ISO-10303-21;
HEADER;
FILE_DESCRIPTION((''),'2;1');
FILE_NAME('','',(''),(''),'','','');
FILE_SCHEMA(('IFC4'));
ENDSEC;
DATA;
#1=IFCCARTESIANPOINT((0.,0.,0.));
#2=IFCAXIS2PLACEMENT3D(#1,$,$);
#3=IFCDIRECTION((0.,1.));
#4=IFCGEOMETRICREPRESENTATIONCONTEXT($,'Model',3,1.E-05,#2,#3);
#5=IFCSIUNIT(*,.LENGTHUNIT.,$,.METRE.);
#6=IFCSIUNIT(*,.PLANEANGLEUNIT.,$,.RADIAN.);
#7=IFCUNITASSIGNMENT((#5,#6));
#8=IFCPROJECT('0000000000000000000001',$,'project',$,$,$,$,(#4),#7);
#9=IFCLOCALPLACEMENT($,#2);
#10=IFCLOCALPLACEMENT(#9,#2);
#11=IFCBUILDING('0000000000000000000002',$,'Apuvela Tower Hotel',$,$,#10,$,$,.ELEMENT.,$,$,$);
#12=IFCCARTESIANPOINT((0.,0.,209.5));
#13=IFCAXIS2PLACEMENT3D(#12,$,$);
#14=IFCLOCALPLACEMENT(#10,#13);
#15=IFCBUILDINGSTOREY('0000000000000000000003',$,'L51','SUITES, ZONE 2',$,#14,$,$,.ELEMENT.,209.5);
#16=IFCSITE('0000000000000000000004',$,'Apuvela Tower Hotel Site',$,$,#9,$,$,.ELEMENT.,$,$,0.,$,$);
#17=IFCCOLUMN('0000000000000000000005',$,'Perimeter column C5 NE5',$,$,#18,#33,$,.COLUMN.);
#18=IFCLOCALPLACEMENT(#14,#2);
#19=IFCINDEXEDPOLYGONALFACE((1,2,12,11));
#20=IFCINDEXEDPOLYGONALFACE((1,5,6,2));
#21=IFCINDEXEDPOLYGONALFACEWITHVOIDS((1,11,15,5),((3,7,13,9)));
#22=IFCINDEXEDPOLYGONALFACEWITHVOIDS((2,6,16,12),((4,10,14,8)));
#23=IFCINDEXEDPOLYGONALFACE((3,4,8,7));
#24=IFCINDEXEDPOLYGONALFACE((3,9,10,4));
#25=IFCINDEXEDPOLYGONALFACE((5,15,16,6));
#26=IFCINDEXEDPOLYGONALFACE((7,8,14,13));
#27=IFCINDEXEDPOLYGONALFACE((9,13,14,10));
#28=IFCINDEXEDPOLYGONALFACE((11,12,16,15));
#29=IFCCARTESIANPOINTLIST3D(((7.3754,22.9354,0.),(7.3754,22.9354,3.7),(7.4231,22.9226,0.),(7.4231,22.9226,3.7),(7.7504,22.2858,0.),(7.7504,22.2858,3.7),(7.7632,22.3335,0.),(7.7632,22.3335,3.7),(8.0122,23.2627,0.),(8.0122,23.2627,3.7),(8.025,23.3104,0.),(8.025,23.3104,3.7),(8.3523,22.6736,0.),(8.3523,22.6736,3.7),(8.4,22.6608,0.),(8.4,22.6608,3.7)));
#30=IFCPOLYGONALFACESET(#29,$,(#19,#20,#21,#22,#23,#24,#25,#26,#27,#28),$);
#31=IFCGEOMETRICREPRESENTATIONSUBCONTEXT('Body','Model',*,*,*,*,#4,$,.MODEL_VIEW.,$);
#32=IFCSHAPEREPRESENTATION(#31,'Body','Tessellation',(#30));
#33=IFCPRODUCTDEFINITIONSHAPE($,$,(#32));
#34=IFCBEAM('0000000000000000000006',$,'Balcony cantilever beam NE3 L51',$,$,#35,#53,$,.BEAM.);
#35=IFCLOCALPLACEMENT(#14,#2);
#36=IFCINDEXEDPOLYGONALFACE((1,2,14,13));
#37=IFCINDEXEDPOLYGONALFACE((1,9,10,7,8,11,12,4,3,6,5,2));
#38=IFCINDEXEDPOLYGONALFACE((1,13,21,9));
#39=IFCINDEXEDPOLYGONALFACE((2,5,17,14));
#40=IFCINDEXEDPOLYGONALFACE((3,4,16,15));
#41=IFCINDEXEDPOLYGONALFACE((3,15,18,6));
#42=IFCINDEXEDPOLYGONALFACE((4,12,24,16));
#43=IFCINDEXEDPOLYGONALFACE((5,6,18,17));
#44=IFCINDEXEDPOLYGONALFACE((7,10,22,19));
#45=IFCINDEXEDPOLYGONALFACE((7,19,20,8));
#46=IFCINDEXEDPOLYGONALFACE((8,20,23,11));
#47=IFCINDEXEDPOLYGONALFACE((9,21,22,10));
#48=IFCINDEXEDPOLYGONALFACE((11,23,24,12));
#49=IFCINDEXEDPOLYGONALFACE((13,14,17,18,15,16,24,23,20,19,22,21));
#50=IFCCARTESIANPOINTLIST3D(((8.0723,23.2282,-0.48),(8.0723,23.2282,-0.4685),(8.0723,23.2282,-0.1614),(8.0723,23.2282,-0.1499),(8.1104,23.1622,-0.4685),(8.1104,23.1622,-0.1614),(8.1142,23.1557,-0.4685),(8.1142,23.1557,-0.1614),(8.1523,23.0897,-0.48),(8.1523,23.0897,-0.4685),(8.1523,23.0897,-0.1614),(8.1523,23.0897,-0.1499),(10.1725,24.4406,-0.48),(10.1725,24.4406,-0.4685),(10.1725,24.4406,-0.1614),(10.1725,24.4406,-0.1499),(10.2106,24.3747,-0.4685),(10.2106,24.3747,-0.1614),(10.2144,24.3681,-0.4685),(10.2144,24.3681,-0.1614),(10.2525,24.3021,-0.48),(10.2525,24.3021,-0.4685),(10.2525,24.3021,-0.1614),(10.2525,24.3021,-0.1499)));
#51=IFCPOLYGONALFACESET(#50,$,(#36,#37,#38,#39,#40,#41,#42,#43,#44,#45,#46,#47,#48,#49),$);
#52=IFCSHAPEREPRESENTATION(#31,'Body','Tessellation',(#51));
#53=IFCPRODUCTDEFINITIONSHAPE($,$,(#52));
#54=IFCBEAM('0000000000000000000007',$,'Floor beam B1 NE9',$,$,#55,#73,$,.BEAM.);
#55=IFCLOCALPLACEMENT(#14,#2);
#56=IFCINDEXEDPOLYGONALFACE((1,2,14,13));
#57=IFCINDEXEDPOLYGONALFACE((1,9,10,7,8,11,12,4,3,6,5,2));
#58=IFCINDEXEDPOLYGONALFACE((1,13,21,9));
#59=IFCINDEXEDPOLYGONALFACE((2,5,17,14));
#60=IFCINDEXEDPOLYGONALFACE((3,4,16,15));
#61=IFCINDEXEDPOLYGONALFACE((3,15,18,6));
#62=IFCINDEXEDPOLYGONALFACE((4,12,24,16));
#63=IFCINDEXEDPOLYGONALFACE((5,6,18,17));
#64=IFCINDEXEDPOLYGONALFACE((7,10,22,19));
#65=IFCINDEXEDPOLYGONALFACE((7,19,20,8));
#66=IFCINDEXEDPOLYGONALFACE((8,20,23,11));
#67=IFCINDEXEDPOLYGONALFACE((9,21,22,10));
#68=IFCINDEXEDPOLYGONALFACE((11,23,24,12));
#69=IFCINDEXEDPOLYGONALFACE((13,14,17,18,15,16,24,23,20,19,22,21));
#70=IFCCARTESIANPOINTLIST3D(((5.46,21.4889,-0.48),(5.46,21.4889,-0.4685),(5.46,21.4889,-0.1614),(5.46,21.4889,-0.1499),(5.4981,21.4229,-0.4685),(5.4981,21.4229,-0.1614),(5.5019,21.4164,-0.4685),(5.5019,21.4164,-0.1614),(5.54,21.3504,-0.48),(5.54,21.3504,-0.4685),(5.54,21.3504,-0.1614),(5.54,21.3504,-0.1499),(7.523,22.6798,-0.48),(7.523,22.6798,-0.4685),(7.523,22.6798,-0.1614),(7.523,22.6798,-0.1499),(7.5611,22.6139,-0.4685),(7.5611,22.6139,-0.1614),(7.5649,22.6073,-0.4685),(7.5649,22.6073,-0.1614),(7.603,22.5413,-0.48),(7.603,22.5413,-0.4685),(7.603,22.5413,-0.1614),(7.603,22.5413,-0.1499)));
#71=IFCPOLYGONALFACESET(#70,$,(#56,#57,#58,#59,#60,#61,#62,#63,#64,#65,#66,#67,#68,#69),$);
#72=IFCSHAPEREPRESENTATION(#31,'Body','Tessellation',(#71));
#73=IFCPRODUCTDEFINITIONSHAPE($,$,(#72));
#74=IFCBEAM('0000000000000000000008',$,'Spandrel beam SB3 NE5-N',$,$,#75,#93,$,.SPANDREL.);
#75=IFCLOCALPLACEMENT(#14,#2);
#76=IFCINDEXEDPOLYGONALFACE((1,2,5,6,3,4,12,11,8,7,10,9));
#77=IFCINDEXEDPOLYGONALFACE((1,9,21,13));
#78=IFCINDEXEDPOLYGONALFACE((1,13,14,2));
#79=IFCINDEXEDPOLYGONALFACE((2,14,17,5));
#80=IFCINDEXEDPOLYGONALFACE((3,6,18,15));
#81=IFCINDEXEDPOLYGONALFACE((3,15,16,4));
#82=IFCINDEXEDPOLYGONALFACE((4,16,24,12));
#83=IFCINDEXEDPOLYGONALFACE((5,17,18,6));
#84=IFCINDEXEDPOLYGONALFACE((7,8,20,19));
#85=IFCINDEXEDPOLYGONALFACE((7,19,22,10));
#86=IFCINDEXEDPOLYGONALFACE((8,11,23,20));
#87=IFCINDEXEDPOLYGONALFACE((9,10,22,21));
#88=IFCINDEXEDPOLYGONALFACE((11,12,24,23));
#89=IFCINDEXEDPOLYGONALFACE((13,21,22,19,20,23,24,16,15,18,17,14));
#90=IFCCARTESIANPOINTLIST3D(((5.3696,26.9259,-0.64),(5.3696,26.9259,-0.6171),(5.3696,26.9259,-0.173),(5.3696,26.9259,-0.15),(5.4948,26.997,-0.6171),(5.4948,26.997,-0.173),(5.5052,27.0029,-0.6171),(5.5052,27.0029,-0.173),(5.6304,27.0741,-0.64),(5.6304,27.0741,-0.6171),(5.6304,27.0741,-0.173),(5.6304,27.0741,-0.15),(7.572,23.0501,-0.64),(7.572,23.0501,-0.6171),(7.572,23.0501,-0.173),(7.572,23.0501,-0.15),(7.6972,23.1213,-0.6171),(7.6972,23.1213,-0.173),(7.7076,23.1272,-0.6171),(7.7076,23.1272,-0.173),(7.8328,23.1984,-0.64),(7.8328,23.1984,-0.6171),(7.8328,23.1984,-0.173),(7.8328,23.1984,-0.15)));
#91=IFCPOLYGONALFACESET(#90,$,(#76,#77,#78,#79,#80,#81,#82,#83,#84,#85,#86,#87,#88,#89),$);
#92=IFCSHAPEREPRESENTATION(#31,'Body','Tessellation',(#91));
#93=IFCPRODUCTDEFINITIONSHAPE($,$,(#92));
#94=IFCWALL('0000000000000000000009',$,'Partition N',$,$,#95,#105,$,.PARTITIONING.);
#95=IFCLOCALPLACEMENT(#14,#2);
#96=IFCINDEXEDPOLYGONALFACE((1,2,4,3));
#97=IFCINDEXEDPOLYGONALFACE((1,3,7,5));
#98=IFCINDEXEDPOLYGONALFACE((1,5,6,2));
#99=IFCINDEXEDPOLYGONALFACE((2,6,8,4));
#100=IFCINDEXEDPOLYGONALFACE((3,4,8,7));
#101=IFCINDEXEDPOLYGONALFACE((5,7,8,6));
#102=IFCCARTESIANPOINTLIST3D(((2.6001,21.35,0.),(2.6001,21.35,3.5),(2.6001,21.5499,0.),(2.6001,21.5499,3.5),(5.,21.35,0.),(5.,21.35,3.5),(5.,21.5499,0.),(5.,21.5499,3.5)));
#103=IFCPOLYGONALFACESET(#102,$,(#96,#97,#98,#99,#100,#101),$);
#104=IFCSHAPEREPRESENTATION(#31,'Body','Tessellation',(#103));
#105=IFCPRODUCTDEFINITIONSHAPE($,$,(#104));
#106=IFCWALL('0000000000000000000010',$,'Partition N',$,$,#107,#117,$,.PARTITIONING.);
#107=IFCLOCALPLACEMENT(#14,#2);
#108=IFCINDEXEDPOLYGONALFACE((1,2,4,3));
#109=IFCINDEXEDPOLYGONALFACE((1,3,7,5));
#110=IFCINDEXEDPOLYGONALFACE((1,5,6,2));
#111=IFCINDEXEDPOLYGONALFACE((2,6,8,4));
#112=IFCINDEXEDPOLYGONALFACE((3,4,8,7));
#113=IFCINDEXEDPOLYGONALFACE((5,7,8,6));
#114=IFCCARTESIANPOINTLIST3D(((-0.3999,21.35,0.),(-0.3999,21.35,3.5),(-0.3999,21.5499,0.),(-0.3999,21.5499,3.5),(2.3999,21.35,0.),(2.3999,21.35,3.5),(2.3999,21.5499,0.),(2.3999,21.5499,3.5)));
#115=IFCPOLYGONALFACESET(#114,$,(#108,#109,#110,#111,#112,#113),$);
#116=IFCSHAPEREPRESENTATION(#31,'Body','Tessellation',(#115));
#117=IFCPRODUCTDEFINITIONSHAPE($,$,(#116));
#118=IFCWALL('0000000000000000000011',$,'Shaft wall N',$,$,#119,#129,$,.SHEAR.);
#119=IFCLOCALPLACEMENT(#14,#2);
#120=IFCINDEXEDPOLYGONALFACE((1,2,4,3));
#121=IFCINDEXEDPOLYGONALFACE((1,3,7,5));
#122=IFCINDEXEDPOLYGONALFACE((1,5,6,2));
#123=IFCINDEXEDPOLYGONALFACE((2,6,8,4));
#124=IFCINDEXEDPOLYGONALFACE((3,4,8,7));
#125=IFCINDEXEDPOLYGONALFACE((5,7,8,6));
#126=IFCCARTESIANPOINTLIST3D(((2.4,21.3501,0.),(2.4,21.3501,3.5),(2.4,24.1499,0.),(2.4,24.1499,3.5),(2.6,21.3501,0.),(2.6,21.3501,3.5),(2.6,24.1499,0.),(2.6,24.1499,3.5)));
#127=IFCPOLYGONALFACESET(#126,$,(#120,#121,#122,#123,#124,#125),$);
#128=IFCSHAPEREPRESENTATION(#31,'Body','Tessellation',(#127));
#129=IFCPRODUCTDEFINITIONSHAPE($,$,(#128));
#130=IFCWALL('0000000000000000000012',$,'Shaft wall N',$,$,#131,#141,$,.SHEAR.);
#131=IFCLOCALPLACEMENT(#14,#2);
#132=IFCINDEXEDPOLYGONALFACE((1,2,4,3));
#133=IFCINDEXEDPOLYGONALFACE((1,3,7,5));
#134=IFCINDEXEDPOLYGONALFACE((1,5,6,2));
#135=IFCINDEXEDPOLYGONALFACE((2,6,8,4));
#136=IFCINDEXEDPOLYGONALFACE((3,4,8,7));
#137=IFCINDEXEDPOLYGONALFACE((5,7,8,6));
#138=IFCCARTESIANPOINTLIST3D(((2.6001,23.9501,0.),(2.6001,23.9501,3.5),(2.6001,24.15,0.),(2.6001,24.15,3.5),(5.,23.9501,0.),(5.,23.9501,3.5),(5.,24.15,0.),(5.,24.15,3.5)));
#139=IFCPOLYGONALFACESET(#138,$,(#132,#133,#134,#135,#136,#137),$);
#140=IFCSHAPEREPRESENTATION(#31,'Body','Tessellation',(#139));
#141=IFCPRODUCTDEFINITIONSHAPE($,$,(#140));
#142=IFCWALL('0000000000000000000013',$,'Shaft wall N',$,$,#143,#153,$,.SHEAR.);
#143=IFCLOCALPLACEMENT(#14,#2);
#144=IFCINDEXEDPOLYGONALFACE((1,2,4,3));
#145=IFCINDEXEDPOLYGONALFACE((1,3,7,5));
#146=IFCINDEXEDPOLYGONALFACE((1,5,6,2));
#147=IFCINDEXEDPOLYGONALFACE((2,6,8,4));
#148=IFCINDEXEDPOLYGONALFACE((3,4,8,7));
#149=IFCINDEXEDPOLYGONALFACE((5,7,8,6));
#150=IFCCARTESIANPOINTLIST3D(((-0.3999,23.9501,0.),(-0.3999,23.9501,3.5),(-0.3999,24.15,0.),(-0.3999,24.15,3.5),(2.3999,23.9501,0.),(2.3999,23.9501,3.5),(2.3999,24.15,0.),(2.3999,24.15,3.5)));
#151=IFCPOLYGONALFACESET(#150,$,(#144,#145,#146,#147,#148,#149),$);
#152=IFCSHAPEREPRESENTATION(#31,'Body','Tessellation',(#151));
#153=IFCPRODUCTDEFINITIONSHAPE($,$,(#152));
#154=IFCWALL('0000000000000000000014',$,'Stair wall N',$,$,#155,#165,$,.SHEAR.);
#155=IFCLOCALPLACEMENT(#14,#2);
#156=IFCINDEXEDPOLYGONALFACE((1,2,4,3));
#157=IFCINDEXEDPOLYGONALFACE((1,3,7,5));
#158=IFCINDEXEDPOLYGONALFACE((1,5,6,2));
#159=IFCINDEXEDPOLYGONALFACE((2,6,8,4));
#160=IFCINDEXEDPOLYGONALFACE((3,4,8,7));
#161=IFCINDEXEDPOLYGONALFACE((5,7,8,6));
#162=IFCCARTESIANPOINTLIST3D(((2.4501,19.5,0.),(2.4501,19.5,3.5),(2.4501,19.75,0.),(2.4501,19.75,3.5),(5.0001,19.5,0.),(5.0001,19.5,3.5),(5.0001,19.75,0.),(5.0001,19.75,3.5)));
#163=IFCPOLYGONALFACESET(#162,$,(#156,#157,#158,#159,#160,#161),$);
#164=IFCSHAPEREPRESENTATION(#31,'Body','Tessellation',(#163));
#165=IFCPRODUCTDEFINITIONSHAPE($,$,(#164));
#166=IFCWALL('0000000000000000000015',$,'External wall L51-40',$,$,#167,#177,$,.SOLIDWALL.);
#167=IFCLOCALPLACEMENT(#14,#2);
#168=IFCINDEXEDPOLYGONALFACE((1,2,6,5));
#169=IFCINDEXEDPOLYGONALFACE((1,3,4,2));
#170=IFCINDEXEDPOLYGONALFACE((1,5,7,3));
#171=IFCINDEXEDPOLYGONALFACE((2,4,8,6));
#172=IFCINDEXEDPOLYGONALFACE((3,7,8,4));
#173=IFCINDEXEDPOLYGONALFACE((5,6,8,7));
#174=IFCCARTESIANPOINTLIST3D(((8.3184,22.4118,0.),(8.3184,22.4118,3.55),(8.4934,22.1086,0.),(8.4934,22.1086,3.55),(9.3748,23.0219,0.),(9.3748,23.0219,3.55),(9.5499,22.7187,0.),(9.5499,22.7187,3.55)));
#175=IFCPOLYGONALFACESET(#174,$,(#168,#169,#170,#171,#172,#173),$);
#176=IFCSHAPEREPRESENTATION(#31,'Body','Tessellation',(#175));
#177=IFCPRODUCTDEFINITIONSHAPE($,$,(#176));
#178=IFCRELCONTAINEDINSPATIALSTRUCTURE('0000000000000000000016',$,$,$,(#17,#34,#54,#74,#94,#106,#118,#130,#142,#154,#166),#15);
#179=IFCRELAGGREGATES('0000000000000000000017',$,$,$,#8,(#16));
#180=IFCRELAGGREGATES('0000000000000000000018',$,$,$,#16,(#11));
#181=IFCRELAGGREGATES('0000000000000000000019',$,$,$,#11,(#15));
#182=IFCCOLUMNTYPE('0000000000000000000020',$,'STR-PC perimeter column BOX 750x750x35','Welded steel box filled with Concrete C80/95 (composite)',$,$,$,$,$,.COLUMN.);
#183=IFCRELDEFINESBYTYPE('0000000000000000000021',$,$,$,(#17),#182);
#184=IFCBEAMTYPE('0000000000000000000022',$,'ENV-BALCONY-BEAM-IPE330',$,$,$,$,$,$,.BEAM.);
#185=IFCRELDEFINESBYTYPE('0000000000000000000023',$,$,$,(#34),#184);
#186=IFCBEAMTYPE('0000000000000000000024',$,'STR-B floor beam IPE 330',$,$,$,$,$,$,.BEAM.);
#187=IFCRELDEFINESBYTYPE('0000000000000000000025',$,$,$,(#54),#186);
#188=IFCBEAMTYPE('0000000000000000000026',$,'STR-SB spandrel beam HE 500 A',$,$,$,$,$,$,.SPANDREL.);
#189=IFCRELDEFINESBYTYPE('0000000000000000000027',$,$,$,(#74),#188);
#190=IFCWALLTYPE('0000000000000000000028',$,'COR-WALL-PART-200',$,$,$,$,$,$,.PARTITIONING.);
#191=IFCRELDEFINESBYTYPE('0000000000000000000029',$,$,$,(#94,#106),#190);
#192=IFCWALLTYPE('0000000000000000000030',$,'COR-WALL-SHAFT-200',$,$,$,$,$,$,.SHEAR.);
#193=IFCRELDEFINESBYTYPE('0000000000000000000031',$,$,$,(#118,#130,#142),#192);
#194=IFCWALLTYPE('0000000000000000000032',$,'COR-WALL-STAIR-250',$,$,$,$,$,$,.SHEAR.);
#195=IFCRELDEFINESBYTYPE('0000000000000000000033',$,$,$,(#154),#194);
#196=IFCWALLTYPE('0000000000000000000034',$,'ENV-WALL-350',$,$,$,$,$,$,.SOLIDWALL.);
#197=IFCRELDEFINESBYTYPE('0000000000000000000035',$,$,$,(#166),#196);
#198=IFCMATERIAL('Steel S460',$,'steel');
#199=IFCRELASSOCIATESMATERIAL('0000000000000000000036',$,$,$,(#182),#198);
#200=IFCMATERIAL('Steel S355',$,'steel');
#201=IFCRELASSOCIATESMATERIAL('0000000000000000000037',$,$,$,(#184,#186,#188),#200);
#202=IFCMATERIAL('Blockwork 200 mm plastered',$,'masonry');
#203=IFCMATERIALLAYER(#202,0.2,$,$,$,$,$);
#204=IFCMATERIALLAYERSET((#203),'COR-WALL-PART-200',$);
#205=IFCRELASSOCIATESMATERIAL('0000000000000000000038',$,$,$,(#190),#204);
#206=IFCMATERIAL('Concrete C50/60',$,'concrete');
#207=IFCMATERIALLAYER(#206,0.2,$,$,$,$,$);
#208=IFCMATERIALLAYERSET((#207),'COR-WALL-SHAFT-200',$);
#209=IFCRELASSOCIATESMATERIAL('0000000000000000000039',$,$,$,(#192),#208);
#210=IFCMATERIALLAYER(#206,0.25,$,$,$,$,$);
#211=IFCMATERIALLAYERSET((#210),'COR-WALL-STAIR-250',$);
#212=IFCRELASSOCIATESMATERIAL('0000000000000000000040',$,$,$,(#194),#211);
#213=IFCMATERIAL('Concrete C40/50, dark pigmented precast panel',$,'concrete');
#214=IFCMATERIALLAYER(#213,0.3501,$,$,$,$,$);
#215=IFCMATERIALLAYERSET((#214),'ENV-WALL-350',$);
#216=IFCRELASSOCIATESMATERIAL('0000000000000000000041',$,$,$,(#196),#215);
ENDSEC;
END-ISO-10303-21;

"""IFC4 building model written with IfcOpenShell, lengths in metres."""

from ifc_helpers import new_model, si_unit, direction, frame, frame_2d, origin, origin_2d, place, context, subcontext, project, spatial, rectangle, hollow_rectangle, i_section, extrude, material, layer, layer_set, material_profile, profile_set, type_object, element, save


model = new_model("IFC4")

# Units and contexts
model_context = context("Model", 3, precision=1e-05, world=origin(), true_north=direction((0.0, 1.0)))
body_context = subcontext(model_context, "Body", "Model", "MODEL_VIEW")
ifc_project = project(units=[si_unit("LENGTHUNIT", "METRE"), si_unit("PLANEANGLEUNIT", "RADIAN")], contexts=[model_context])

# Site, building, storey
site_placement = place(None, origin())
site = spatial("IfcSite", under=ifc_project, at=site_placement, Name="Apuvela Tower Hotel Site", CompositionType="ELEMENT", RefElevation=0.0)
building_placement = place(site_placement, origin())
building = spatial("IfcBuilding", under=site, at=building_placement, Name="Apuvela Tower Hotel", CompositionType="ELEMENT")
storey_placement = place(building_placement, frame((0.0, 0.0, 209.5)))
storey = spatial("IfcBuildingStorey", under=building, at=storey_placement, Name="L51", Description="SUITES, ZONE 2", CompositionType="ELEMENT", Elevation=209.5)

# Column
ifc_material_1 = material(Name="Steel S460", Category="steel")
ifc_material_profile_1 = material_profile(ifc_material_1, hollow_rectangle(XDim=0.75, YDim=0.75, WallThickness=0.0349, at=origin_2d()), Name="BOX 750x750x35")
ifc_material_2 = material(Name="Concrete C80/95", Category="concrete")
ifc_material_profile_2 = material_profile(ifc_material_2, rectangle(XDim=0.6799, YDim=0.6799, at=origin_2d()), Name="Concrete C80/95 infill")
ifc_profile_set_1 = profile_set([ifc_material_profile_1, ifc_material_profile_2], Name="Steel S460")
column_type = type_object("IfcColumnType", Name="STR-PC perimeter column BOX 750x750x35", Description="Welded steel box filled with Concrete C80/95 (composite)", PredefinedType="COLUMN", material=ifc_profile_set_1)
column_placement = place(storey_placement, frame((7.8877, 22.7981, 0.0), z_axis=(0.0, 0.0, 1.0), x_axis=(-0.5, 0.866025, 0.0)))
element("IfcColumn", 1, at=column_placement, inside=storey, type_object=column_type, Name="Perimeter column C5 NE5", PredefinedType="COLUMN", context=body_context, shape_type="SweptSolid", body=[
    extrude(hollow_rectangle(XDim=0.75, YDim=0.75, WallThickness=0.0349, at=origin_2d()), origin(), (0.0, 0.0, 1.0), 3.7),
])

# Beams
ifc_material_3 = material(Name="Steel S355", Category="steel")
ifc_material_profile_3 = material_profile(ifc_material_3, i_section(OverallWidth=0.1599, OverallDepth=0.3301, WebThickness=0.0076, FlangeThickness=0.0115, at=origin_2d()), Name="IPE 330")
ifc_profile_set_2 = profile_set([ifc_material_profile_3], Name="Steel S355")
beam_type_1 = type_object("IfcBeamType", Name="ENV-BALCONY-BEAM-IPE330", PredefinedType="BEAM", material=ifc_profile_set_2)
beam_1_placement = place(storey_placement, frame((8.1123, 23.1589, -0.3149), z_axis=(0.866041, 0.499972, 0.0), x_axis=(-0.499972, 0.866041, 0.0)))
element("IfcBeam", 2, at=beam_1_placement, inside=storey, type_object=beam_type_1, Name="Balcony cantilever beam NE3 L51", PredefinedType="BEAM", context=body_context, shape_type="SweptSolid", body=[
    extrude(i_section(OverallWidth=0.1599, OverallDepth=0.3301, WebThickness=0.0076, FlangeThickness=0.0115, at=origin_2d()), origin(), (0.0, 0.0, 1.0), 2.425),
])
ifc_material_profile_4 = material_profile(ifc_material_3, i_section(OverallWidth=0.1599, OverallDepth=0.3301, WebThickness=0.0076, FlangeThickness=0.0115, at=origin_2d()), Name="IPE 330")
ifc_profile_set_3 = profile_set([ifc_material_profile_4], Name="Steel S355")
beam_type_2 = type_object("IfcBeamType", Name="STR-B floor beam IPE 330", PredefinedType="BEAM", material=ifc_profile_set_3)
beam_2_placement = place(storey_placement, frame((7.563, 22.6106, -0.3149), z_axis=(-0.866052, -0.499953, 0.0), x_axis=(0.499953, -0.866052, 0.0)))
element("IfcBeam", 3, at=beam_2_placement, inside=storey, type_object=beam_type_2, Name="Floor beam B1 NE9", PredefinedType="BEAM", context=body_context, shape_type="SweptSolid", body=[
    extrude(i_section(OverallWidth=0.1599, OverallDepth=0.3301, WebThickness=0.0076, FlangeThickness=0.0115, at=origin_2d()), origin(), (0.0, 0.0, 1.0), 2.3821),
])
ifc_material_profile_5 = material_profile(ifc_material_3, i_section(OverallWidth=0.3, OverallDepth=0.49, WebThickness=0.012, FlangeThickness=0.0229, at=origin_2d()), Name="HE 500 A")
ifc_profile_set_4 = profile_set([ifc_material_profile_5], Name="Steel S355")
beam_type_3 = type_object("IfcBeamType", Name="STR-SB spandrel beam HE 500 A", PredefinedType="SPANDREL", material=ifc_profile_set_4)
beam_3_placement = place(storey_placement, frame((7.7024, 23.1243, -0.395), z_axis=(-0.494056, 0.86943, 0.0), x_axis=(-0.86943, -0.494056, 0.0)))
element("IfcBeam", 4, at=beam_3_placement, inside=storey, type_object=beam_type_3, Name="Spandrel beam SB3 NE5-N", PredefinedType="SPANDREL", context=body_context, shape_type="SweptSolid", body=[
    extrude(i_section(OverallWidth=0.3, OverallDepth=0.49, WebThickness=0.012, FlangeThickness=0.0229, at=origin_2d()), origin(), (0.0, 0.0, 1.0), 4.4578),
])

# Walls
ifc_material_4 = material(Name="Blockwork 200 mm plastered", Category="masonry")
ifc_layer_1 = layer(ifc_material_4, 0.2)
ifc_layer_set_1 = layer_set([ifc_layer_1], Name="COR-WALL-PART-200")
wall_type_1 = type_object("IfcWallType", Name="COR-WALL-PART-200", PredefinedType="PARTITIONING", material=ifc_layer_set_1)
wall_1_placement = place(storey_placement, frame((5.0, 21.45, 0.0), z_axis=(0.0, 0.0, 1.0), x_axis=(-1.0, 0.0, 0.0)))
element("IfcWall", 5, at=wall_1_placement, inside=storey, type_object=wall_type_1, Name="Partition N", PredefinedType="PARTITIONING", context=body_context, shape_type="SweptSolid", body=[
    extrude(rectangle(XDim=2.3999, YDim=0.2, at=frame_2d((1.2, 0.0))), origin(), (0.0, 0.0, 1.0), 3.5),
])
wall_2_placement = place(storey_placement, frame((2.3999, 21.45, 0.0), z_axis=(0.0, 0.0, 1.0), x_axis=(-1.0, 0.0, 0.0)))
element("IfcWall", 6, at=wall_2_placement, inside=storey, type_object=wall_type_1, Name="Partition N", PredefinedType="PARTITIONING", context=body_context, shape_type="SweptSolid", body=[
    extrude(rectangle(XDim=2.7998, YDim=0.2, at=frame_2d((1.3999, 0.0))), origin(), (0.0, 0.0, 1.0), 3.5),
])
ifc_material_5 = material(Name="Concrete C50/60", Category="concrete")
ifc_layer_2 = layer(ifc_material_5, 0.2)
ifc_layer_set_2 = layer_set([ifc_layer_2], Name="COR-WALL-SHAFT-200")
wall_type_2 = type_object("IfcWallType", Name="COR-WALL-SHAFT-200", PredefinedType="SHEAR", material=ifc_layer_set_2)
wall_3_placement = place(storey_placement, frame((2.5, 21.3501, 0.0), z_axis=(0.0, 0.0, 1.0), x_axis=(0.0, 1.0, 0.0)))
element("IfcWall", 7, at=wall_3_placement, inside=storey, type_object=wall_type_2, Name="Shaft wall N", PredefinedType="SHEAR", context=body_context, shape_type="SweptSolid", body=[
    extrude(rectangle(XDim=2.7998, YDim=0.2, at=frame_2d((1.3999, 0.0))), origin(), (0.0, 0.0, 1.0), 3.5),
])
wall_4_placement = place(storey_placement, frame((5.0, 24.05, 0.0), z_axis=(0.0, 0.0, 1.0), x_axis=(-1.0, 0.0, 0.0)))
element("IfcWall", 8, at=wall_4_placement, inside=storey, type_object=wall_type_2, Name="Shaft wall N", PredefinedType="SHEAR", context=body_context, shape_type="SweptSolid", body=[
    extrude(rectangle(XDim=2.3999, YDim=0.2, at=frame_2d((1.2, 0.0))), origin(), (0.0, 0.0, 1.0), 3.5),
])
wall_5_placement = place(storey_placement, frame((2.3999, 24.05, 0.0), z_axis=(0.0, 0.0, 1.0), x_axis=(-1.0, 0.0, 0.0)))
element("IfcWall", 9, at=wall_5_placement, inside=storey, type_object=wall_type_2, Name="Shaft wall N", PredefinedType="SHEAR", context=body_context, shape_type="SweptSolid", body=[
    extrude(rectangle(XDim=2.7998, YDim=0.2, at=frame_2d((1.3999, 0.0))), origin(), (0.0, 0.0, 1.0), 3.5),
])
ifc_layer_3 = layer(ifc_material_5, 0.25)
ifc_layer_set_3 = layer_set([ifc_layer_3], Name="COR-WALL-STAIR-250")
wall_type_3 = type_object("IfcWallType", Name="COR-WALL-STAIR-250", PredefinedType="SHEAR", material=ifc_layer_set_3)
wall_6_placement = place(storey_placement, frame((5.0, 19.625, 0.0), z_axis=(0.0, 0.0, 1.0), x_axis=(-1.0, 0.0, 0.0)))
element("IfcWall", 10, at=wall_6_placement, inside=storey, type_object=wall_type_3, Name="Stair wall N", PredefinedType="SHEAR", context=body_context, shape_type="SweptSolid", body=[
    extrude(rectangle(XDim=2.55, YDim=0.25, at=frame_2d((1.2749, 0.0))), origin(), (0.0, 0.0, 1.0), 3.5),
])
ifc_material_6 = material(Name="Concrete C40/50, dark pigmented precast panel", Category="concrete")
ifc_layer_4 = layer(ifc_material_6, 0.3501)
ifc_layer_set_4 = layer_set([ifc_layer_4], Name="ENV-WALL-350")
wall_type_4 = type_object("IfcWallType", Name="ENV-WALL-350", PredefinedType="SOLIDWALL", material=ifc_layer_set_4)
wall_7_placement = place(storey_placement, frame((8.406, 22.2603, 0.0), z_axis=(0.0, 0.0, 1.0), x_axis=(0.865956, 0.500121, 0.0)))
element("IfcWall", 11, at=wall_7_placement, inside=storey, type_object=wall_type_4, Name="External wall L51-40", PredefinedType="SOLIDWALL", context=body_context, shape_type="SweptSolid", body=[
    extrude(rectangle(XDim=1.22, YDim=0.3501, at=frame_2d((0.6099, 0.0))), origin(), (0.0, 0.0, 1.0), 3.55),
])

save(model, "model.ifc")
